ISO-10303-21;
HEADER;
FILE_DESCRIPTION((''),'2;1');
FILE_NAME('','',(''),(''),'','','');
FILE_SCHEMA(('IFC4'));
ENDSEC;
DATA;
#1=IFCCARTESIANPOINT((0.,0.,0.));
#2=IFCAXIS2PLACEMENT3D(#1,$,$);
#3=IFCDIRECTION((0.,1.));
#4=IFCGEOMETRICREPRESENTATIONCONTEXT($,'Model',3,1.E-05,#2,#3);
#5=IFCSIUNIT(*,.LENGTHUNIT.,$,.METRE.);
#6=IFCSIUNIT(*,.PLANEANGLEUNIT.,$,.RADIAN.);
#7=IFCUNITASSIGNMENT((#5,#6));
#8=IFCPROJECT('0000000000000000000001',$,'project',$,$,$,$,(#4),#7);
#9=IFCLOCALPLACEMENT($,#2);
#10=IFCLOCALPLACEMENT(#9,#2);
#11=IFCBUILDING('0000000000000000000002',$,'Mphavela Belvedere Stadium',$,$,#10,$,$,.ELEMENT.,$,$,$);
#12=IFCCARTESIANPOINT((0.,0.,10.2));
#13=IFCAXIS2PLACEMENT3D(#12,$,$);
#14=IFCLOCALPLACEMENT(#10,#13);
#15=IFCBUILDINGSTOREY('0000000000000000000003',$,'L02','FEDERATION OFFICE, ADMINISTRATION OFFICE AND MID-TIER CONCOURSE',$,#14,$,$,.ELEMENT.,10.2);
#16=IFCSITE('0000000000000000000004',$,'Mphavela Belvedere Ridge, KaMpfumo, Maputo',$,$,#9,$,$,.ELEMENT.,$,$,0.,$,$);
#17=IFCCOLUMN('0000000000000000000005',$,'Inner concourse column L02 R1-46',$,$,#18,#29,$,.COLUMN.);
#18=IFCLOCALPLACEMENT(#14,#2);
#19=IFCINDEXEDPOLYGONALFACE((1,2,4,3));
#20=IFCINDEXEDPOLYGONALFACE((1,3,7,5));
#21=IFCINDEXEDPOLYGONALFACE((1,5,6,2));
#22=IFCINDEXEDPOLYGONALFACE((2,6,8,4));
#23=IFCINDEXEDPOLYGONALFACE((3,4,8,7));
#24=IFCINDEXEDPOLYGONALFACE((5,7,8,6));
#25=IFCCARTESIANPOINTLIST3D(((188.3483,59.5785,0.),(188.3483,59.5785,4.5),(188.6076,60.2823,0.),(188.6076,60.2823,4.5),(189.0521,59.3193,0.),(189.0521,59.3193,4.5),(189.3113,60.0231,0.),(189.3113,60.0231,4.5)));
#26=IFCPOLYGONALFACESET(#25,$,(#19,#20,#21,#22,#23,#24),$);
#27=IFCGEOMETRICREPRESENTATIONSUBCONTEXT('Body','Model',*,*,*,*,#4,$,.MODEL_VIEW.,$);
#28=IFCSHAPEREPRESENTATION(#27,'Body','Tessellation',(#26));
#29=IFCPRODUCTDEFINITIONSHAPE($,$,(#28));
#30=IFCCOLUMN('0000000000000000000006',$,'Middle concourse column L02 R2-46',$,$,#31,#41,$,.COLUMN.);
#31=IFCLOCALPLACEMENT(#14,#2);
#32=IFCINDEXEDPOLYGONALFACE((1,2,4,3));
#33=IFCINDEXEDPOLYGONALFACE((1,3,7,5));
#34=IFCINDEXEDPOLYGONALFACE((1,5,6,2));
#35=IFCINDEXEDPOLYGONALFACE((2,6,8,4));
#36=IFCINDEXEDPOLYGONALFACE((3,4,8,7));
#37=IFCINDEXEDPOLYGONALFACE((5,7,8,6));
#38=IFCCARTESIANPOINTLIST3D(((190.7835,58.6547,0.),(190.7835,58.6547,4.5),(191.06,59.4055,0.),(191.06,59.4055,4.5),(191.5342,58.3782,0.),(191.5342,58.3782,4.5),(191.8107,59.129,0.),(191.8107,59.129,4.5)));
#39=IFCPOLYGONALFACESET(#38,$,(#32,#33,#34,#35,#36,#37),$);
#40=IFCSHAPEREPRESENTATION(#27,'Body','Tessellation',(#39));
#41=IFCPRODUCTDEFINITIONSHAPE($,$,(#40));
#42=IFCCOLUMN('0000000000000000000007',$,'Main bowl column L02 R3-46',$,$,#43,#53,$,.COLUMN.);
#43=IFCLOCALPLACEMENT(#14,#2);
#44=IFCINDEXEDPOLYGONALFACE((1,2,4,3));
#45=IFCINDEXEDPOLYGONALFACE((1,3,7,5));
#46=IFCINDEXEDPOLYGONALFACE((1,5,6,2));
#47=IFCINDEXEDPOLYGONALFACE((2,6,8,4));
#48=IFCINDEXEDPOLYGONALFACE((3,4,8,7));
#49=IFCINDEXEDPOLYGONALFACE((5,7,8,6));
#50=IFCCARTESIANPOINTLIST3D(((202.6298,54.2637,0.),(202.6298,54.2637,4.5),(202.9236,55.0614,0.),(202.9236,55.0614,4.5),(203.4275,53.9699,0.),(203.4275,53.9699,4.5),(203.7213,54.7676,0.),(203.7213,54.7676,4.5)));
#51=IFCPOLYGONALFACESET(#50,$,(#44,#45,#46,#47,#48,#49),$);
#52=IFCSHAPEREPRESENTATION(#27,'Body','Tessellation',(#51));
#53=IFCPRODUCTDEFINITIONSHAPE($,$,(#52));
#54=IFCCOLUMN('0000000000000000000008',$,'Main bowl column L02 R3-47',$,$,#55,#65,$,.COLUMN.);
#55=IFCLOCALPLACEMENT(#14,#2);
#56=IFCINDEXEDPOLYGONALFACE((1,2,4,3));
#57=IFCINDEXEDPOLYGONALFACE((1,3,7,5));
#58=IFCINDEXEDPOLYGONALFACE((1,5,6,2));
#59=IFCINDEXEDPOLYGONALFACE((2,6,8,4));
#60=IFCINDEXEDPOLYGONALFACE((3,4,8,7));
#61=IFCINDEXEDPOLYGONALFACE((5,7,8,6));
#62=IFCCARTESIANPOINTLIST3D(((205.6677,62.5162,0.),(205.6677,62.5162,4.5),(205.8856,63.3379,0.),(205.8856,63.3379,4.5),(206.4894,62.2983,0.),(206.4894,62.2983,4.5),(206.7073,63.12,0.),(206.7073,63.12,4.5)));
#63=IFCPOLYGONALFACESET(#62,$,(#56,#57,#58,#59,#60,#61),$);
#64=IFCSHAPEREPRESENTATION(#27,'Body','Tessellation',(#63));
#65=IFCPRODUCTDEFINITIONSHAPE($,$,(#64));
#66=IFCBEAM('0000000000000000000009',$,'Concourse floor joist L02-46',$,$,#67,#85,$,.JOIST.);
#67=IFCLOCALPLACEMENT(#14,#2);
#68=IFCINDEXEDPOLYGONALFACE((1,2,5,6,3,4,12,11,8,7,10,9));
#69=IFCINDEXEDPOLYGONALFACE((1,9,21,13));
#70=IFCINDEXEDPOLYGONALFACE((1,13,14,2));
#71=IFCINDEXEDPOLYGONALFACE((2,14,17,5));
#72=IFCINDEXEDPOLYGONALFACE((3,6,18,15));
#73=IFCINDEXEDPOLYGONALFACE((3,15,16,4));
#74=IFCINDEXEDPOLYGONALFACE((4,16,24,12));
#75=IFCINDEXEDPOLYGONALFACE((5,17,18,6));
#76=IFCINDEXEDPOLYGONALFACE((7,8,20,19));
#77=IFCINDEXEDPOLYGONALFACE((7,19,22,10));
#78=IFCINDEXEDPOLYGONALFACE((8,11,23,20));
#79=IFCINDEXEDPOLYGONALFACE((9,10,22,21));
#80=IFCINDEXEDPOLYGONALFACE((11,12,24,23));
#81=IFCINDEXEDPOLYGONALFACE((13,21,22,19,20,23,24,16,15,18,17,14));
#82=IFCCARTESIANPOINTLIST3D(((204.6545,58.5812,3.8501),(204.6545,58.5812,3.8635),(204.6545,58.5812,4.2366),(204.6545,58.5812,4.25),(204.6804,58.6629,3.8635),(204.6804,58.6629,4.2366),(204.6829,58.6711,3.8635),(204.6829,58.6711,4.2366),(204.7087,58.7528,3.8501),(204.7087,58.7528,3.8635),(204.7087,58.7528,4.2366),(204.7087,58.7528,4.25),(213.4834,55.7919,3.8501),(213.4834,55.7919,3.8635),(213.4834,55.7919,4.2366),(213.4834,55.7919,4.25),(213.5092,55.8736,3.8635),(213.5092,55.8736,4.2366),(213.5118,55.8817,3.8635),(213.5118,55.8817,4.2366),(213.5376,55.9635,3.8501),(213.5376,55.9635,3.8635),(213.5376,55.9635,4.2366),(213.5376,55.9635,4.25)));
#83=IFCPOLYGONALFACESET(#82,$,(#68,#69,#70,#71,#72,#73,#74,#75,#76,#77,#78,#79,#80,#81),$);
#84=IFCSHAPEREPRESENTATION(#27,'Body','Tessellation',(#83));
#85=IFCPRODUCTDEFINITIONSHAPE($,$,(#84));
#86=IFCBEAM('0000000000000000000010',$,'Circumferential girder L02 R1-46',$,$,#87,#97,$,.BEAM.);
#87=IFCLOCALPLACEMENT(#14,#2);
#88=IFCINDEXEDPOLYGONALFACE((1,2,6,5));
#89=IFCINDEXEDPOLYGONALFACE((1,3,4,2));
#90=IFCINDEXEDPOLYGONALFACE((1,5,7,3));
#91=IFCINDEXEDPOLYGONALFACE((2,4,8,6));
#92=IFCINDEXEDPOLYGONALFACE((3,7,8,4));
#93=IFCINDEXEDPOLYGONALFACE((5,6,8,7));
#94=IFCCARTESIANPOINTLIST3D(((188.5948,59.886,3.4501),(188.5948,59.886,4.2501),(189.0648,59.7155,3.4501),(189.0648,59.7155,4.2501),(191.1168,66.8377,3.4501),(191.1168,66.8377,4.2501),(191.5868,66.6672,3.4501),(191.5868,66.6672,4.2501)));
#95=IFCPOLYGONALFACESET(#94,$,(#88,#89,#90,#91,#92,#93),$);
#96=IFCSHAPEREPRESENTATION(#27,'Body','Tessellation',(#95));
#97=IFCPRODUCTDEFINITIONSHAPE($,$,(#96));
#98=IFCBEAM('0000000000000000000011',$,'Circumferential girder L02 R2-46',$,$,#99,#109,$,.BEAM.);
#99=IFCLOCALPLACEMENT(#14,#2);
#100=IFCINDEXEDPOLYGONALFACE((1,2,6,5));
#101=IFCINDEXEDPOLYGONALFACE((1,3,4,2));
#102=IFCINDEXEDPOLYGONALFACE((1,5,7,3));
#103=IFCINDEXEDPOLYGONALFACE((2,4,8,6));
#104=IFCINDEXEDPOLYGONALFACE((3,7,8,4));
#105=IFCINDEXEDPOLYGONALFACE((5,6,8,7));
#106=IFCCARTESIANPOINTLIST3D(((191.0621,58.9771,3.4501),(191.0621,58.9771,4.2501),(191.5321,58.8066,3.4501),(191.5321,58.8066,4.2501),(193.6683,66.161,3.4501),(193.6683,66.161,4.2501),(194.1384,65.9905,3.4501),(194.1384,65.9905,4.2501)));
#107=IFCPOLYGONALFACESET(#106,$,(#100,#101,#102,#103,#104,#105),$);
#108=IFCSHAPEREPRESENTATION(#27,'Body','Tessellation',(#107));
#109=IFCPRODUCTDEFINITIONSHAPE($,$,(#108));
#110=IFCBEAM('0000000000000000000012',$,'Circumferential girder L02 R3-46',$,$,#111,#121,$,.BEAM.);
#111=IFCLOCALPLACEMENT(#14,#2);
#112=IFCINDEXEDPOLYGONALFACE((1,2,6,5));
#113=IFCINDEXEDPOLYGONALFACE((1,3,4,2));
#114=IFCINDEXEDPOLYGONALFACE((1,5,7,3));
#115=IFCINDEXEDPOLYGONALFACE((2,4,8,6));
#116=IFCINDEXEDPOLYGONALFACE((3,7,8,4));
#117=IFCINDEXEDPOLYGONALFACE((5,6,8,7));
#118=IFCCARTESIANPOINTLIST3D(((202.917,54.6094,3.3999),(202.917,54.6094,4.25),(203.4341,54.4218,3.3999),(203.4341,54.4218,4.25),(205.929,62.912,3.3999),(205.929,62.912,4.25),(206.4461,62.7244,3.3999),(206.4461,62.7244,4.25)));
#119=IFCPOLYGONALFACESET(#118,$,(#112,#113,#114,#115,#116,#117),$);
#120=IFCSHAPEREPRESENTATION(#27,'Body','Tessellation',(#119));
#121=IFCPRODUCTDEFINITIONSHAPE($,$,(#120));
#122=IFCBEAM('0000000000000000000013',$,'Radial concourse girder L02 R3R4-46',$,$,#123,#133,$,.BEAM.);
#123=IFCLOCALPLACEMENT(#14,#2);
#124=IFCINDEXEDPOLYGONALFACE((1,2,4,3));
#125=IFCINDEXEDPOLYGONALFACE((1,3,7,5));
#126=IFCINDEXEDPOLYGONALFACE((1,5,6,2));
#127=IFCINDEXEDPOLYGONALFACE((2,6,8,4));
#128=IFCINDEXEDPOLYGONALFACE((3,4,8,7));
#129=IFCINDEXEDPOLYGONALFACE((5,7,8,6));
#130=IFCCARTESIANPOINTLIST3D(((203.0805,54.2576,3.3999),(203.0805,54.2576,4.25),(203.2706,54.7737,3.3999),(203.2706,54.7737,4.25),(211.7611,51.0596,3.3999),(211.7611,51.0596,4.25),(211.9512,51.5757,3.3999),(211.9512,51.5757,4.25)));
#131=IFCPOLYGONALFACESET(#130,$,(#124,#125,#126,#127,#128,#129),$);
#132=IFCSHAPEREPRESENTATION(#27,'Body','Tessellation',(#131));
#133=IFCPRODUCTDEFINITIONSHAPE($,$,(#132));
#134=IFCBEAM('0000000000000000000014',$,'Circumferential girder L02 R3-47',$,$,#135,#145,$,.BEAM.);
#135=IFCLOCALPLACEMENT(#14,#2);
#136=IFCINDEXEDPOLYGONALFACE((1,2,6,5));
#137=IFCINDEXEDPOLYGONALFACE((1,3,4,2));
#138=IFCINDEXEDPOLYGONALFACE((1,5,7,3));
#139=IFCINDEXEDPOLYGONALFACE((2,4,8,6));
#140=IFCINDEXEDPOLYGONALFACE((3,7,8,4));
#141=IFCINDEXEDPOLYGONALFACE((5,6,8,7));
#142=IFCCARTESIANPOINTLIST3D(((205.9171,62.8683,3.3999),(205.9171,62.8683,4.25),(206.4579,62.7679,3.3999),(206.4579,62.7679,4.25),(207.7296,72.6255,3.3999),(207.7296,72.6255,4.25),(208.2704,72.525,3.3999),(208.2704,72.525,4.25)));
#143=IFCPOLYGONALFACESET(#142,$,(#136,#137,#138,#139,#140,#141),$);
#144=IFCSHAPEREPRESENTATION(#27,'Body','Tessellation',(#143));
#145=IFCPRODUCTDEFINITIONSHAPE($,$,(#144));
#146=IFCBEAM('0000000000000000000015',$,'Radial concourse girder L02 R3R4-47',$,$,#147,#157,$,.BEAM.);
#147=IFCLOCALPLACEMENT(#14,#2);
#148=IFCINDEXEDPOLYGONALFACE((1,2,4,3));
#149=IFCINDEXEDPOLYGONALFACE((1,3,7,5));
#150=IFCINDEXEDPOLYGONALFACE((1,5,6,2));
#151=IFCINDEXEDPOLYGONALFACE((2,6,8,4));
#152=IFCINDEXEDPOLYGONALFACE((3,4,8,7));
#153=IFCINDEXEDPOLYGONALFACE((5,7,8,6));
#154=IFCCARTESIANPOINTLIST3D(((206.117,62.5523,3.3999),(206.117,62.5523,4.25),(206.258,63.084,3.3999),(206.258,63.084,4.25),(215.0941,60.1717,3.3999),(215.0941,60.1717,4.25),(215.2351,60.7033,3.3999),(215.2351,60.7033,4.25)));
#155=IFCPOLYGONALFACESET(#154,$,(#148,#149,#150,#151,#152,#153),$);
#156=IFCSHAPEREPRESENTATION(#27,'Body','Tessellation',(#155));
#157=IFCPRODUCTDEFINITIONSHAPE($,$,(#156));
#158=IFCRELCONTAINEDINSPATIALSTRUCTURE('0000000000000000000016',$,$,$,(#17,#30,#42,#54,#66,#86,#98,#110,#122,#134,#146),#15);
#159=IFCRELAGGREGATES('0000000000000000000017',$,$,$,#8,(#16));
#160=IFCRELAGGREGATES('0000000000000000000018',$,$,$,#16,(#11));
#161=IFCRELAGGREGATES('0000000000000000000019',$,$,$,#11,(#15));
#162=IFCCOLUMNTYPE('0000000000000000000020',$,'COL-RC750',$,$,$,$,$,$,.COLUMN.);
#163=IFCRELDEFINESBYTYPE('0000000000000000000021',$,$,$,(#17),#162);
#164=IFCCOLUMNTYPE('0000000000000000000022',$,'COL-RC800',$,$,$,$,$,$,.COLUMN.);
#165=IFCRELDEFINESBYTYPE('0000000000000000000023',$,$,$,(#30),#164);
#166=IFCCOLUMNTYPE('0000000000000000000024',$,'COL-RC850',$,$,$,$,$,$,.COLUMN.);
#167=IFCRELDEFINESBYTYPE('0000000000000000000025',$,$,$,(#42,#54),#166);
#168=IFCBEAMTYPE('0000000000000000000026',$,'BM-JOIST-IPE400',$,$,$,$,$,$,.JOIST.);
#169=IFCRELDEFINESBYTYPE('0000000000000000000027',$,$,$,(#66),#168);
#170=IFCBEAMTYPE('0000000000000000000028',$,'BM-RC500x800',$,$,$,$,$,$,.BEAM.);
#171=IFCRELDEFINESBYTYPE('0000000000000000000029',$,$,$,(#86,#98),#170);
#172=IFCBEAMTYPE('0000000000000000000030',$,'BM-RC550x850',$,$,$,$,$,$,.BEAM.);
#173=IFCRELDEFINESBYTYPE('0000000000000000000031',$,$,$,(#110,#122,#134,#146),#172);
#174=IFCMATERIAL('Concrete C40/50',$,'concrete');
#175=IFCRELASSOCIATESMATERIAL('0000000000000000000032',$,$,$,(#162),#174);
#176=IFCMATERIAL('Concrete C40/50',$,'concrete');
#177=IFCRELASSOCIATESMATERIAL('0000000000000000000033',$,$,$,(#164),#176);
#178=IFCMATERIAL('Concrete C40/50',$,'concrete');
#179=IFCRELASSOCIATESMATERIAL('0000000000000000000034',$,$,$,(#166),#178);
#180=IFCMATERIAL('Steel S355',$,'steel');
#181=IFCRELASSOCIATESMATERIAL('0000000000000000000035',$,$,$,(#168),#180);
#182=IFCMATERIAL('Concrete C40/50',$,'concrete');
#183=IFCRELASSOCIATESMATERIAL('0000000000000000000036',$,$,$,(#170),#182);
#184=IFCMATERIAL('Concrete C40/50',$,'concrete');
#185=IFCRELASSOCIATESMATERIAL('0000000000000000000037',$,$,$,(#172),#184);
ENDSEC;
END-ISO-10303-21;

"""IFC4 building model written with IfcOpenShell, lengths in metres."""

from ifc_helpers import new_model, si_unit, direction, frame, origin, origin_2d, place, context, subcontext, project, spatial, rectangle, i_section, extrude, material, material_profile, profile_set, type_object, element, save


model = new_model("IFC4")

# Units and contexts
model_context = context("Model", 3, precision=1e-05, world=origin(), true_north=direction((0.0, 1.0)))
body_context = subcontext(model_context, "Body", "Model", "MODEL_VIEW")
ifc_project = project(units=[si_unit("LENGTHUNIT", "METRE"), si_unit("PLANEANGLEUNIT", "RADIAN")], contexts=[model_context])

# Site, building, storey
site_placement = place(None, origin())
site = spatial("IfcSite", under=ifc_project, at=site_placement, Name="Mphavela Belvedere Ridge, KaMpfumo, Maputo", CompositionType="ELEMENT", RefElevation=0.0)
building_placement = place(site_placement, origin())
building = spatial("IfcBuilding", under=site, at=building_placement, Name="Mphavela Belvedere Stadium", CompositionType="ELEMENT")
storey_placement = place(building_placement, frame((0.0, 0.0, 10.2)))
storey = spatial("IfcBuildingStorey", under=building, at=storey_placement, Name="L02", Description="FEDERATION OFFICE, ADMINISTRATION OFFICE AND MID-TIER CONCOURSE", CompositionType="ELEMENT", Elevation=10.2)

# Columns
ifc_material_1 = material(Name="Concrete C40/50", Category="concrete")
ifc_material_profile_1 = material_profile(ifc_material_1, rectangle(XDim=0.75, YDim=0.75, at=origin_2d()), Name="RC 750x750")
ifc_profile_set_1 = profile_set([ifc_material_profile_1], Name="Concrete C40/50")
column_type_1 = type_object("IfcColumnType", Name="COL-RC750", PredefinedType="COLUMN", material=ifc_profile_set_1)
column_1_placement = place(storey_placement, frame((188.8298, 59.8008, 0.0), z_axis=(0.0, 0.0, 1.0), x_axis=(0.938372, -0.345626, 0.0)))
element("IfcColumn", 1, at=column_1_placement, inside=storey, type_object=column_type_1, Name="Inner concourse column L02 R1-46", PredefinedType="COLUMN", context=body_context, shape_type="SweptSolid", body=[
    extrude(rectangle(XDim=0.75, YDim=0.75, at=origin_2d()), origin(), (0.0, 0.0, 1.0), 4.5),
])
ifc_material_2 = material(Name="Concrete C40/50", Category="concrete")
ifc_material_profile_2 = material_profile(ifc_material_2, rectangle(XDim=0.8, YDim=0.8, at=origin_2d()), Name="RC 800x800")
ifc_profile_set_2 = profile_set([ifc_material_profile_2], Name="Concrete C40/50")
column_type_2 = type_object("IfcColumnType", Name="COL-RC800", PredefinedType="COLUMN", material=ifc_profile_set_2)
column_2_placement = place(storey_placement, frame((191.2971, 58.8918, 0.0), z_axis=(0.0, 0.0, 1.0), x_axis=(0.938372, -0.345626, 0.0)))
element("IfcColumn", 2, at=column_2_placement, inside=storey, type_object=column_type_2, Name="Middle concourse column L02 R2-46", PredefinedType="COLUMN", context=body_context, shape_type="SweptSolid", body=[
    extrude(rectangle(XDim=0.8, YDim=0.8, at=origin_2d()), origin(), (0.0, 0.0, 1.0), 4.5),
])
ifc_material_3 = material(Name="Concrete C40/50", Category="concrete")
ifc_material_profile_3 = material_profile(ifc_material_3, rectangle(XDim=0.8501, YDim=0.8501, at=origin_2d()), Name="RC 850x850")
ifc_profile_set_3 = profile_set([ifc_material_profile_3], Name="Concrete C40/50")
column_type_3 = type_object("IfcColumnType", Name="COL-RC850", PredefinedType="COLUMN", material=ifc_profile_set_3)
for number, where, z_axis, x_axis, name in (
    (3, (203.1755, 54.5156, 0.0), (0.0, 0.0, 1.0), (0.938372, -0.345626, 0.0), "Main bowl column L02 R3-46"),
    (4, (206.1875, 62.8181, 0.0), (0.0, 0.0, 1.0), (0.9666, -0.256289, 0.0), "Main bowl column L02 R3-47"),
):
    element("IfcColumn", number, at=place(storey_placement, frame(where, z_axis=z_axis, x_axis=x_axis)), inside=storey, type_object=column_type_3, Name=name, PredefinedType="COLUMN", context=body_context, shape_type="SweptSolid", body=[
        extrude(rectangle(XDim=0.8501, YDim=0.8501, at=origin_2d()), origin(), (0.0, 0.0, 1.0), 4.5),
    ])

# Beams
ifc_material_4 = material(Name="Steel S355", Category="steel")
ifc_material_profile_4 = material_profile(ifc_material_4, i_section(OverallWidth=0.1799, OverallDepth=0.3999, WebThickness=0.0085, FlangeThickness=0.0134, at=origin_2d()), Name="IPE 400")
ifc_profile_set_4 = profile_set([ifc_material_profile_4], Name="Steel S355")
beam_type_1 = type_object("IfcBeamType", Name="BM-JOIST-IPE400", PredefinedType="JOIST", material=ifc_profile_set_4)
beam_1_placement = place(storey_placement, frame((204.6816, 58.667, 4.05), z_axis=(0.953544, -0.301254, 0.0), x_axis=(0.301254, 0.953544, 0.0)))
element("IfcBeam", 5, at=beam_1_placement, inside=storey, type_object=beam_type_1, Name="Concourse floor joist L02-46", PredefinedType="JOIST", context=body_context, shape_type="SweptSolid", body=[
    extrude(i_section(OverallWidth=0.1799, OverallDepth=0.3999, WebThickness=0.0085, FlangeThickness=0.0134, at=origin_2d()), origin(), (0.0, 0.0, 1.0), 9.259),
])
ifc_material_5 = material(Name="Concrete C40/50", Category="concrete")
ifc_material_profile_5 = material_profile(ifc_material_5, rectangle(XDim=0.5, YDim=0.8, at=origin_2d()), Name="RC 500x800")
ifc_profile_set_5 = profile_set([ifc_material_profile_5], Name="Concrete C40/50")
beam_type_2 = type_object("IfcBeamType", Name="BM-RC500x800", PredefinedType="BEAM", material=ifc_profile_set_5)
beam_2_placement = place(storey_placement, frame((188.8298, 59.8008, 3.8501), z_axis=(0.341038, 0.94005, 0.0), x_axis=(-0.94005, 0.341038, 0.0)))
element("IfcBeam", 6, at=beam_2_placement, inside=storey, type_object=beam_type_2, Name="Circumferential girder L02 R1-46", PredefinedType="BEAM", context=body_context, shape_type="SweptSolid", body=[
    extrude(rectangle(XDim=0.5, YDim=0.8, at=origin_2d()), origin(), (0.0, 0.0, 1.0), 7.395),
])
beam_3_placement = place(storey_placement, frame((191.2971, 58.8918, 3.8501), z_axis=(0.341038, 0.94005, 0.0), x_axis=(-0.94005, 0.341038, 0.0)))
element("IfcBeam", 7, at=beam_3_placement, inside=storey, type_object=beam_type_2, Name="Circumferential girder L02 R2-46", PredefinedType="BEAM", context=body_context, shape_type="SweptSolid", body=[
    extrude(rectangle(XDim=0.5, YDim=0.8, at=origin_2d()), origin(), (0.0, 0.0, 1.0), 7.6421),
])
ifc_material_6 = material(Name="Concrete C40/50", Category="concrete")
ifc_material_profile_6 = material_profile(ifc_material_6, rectangle(XDim=0.55, YDim=0.8501, at=origin_2d()), Name="RC 550x850")
ifc_profile_set_6 = profile_set([ifc_material_profile_6], Name="Concrete C40/50")
beam_type_3 = type_object("IfcBeamType", Name="BM-RC550x850", PredefinedType="BEAM", material=ifc_profile_set_6)
beam_4_placement = place(storey_placement, frame((203.1755, 54.5156, 3.825), z_axis=(0.341031, 0.940052, 0.0), x_axis=(-0.940052, 0.341031, 0.0)))
element("IfcBeam", 8, at=beam_4_placement, inside=storey, type_object=beam_type_3, Name="Circumferential girder L02 R3-46", PredefinedType="BEAM", context=body_context, shape_type="SweptSolid", body=[
    extrude(rectangle(XDim=0.55, YDim=0.8501, at=origin_2d()), origin(), (0.0, 0.0, 1.0), 8.832),
])
beam_5_placement = place(storey_placement, frame((203.1755, 54.5156, 3.825), z_axis=(0.938348, -0.345692, 0.0), x_axis=(0.345692, 0.938348, 0.0)))
element("IfcBeam", 9, at=beam_5_placement, inside=storey, type_object=beam_type_3, Name="Radial concourse girder L02 R3R4-46", PredefinedType="BEAM", context=body_context, shape_type="SweptSolid", body=[
    extrude(rectangle(XDim=0.55, YDim=0.8501, at=origin_2d()), origin(), (0.0, 0.0, 1.0), 9.251),
])
beam_6_placement = place(storey_placement, frame((206.1875, 62.8181, 3.825), z_axis=(0.182638, 0.98318, 0.0), x_axis=(-0.98318, 0.182638, 0.0)))
element("IfcBeam", 10, at=beam_6_placement, inside=storey, type_object=beam_type_3, Name="Circumferential girder L02 R3-47", PredefinedType="BEAM", context=body_context, shape_type="SweptSolid", body=[
    extrude(rectangle(XDim=0.55, YDim=0.8501, at=origin_2d()), origin(), (0.0, 0.0, 1.0), 9.9241),
])
beam_7_placement = place(storey_placement, frame((206.1875, 62.8181, 3.825), z_axis=(0.96659, -0.256329, 0.0), x_axis=(0.256329, 0.96659, 0.0)))
element("IfcBeam", 11, at=beam_7_placement, inside=storey, type_object=beam_type_3, Name="Radial concourse girder L02 R3R4-47", PredefinedType="BEAM", context=body_context, shape_type="SweptSolid", body=[
    extrude(rectangle(XDim=0.55, YDim=0.8501, at=origin_2d()), origin(), (0.0, 0.0, 1.0), 9.2874),
])

save(model, "model.ifc")
